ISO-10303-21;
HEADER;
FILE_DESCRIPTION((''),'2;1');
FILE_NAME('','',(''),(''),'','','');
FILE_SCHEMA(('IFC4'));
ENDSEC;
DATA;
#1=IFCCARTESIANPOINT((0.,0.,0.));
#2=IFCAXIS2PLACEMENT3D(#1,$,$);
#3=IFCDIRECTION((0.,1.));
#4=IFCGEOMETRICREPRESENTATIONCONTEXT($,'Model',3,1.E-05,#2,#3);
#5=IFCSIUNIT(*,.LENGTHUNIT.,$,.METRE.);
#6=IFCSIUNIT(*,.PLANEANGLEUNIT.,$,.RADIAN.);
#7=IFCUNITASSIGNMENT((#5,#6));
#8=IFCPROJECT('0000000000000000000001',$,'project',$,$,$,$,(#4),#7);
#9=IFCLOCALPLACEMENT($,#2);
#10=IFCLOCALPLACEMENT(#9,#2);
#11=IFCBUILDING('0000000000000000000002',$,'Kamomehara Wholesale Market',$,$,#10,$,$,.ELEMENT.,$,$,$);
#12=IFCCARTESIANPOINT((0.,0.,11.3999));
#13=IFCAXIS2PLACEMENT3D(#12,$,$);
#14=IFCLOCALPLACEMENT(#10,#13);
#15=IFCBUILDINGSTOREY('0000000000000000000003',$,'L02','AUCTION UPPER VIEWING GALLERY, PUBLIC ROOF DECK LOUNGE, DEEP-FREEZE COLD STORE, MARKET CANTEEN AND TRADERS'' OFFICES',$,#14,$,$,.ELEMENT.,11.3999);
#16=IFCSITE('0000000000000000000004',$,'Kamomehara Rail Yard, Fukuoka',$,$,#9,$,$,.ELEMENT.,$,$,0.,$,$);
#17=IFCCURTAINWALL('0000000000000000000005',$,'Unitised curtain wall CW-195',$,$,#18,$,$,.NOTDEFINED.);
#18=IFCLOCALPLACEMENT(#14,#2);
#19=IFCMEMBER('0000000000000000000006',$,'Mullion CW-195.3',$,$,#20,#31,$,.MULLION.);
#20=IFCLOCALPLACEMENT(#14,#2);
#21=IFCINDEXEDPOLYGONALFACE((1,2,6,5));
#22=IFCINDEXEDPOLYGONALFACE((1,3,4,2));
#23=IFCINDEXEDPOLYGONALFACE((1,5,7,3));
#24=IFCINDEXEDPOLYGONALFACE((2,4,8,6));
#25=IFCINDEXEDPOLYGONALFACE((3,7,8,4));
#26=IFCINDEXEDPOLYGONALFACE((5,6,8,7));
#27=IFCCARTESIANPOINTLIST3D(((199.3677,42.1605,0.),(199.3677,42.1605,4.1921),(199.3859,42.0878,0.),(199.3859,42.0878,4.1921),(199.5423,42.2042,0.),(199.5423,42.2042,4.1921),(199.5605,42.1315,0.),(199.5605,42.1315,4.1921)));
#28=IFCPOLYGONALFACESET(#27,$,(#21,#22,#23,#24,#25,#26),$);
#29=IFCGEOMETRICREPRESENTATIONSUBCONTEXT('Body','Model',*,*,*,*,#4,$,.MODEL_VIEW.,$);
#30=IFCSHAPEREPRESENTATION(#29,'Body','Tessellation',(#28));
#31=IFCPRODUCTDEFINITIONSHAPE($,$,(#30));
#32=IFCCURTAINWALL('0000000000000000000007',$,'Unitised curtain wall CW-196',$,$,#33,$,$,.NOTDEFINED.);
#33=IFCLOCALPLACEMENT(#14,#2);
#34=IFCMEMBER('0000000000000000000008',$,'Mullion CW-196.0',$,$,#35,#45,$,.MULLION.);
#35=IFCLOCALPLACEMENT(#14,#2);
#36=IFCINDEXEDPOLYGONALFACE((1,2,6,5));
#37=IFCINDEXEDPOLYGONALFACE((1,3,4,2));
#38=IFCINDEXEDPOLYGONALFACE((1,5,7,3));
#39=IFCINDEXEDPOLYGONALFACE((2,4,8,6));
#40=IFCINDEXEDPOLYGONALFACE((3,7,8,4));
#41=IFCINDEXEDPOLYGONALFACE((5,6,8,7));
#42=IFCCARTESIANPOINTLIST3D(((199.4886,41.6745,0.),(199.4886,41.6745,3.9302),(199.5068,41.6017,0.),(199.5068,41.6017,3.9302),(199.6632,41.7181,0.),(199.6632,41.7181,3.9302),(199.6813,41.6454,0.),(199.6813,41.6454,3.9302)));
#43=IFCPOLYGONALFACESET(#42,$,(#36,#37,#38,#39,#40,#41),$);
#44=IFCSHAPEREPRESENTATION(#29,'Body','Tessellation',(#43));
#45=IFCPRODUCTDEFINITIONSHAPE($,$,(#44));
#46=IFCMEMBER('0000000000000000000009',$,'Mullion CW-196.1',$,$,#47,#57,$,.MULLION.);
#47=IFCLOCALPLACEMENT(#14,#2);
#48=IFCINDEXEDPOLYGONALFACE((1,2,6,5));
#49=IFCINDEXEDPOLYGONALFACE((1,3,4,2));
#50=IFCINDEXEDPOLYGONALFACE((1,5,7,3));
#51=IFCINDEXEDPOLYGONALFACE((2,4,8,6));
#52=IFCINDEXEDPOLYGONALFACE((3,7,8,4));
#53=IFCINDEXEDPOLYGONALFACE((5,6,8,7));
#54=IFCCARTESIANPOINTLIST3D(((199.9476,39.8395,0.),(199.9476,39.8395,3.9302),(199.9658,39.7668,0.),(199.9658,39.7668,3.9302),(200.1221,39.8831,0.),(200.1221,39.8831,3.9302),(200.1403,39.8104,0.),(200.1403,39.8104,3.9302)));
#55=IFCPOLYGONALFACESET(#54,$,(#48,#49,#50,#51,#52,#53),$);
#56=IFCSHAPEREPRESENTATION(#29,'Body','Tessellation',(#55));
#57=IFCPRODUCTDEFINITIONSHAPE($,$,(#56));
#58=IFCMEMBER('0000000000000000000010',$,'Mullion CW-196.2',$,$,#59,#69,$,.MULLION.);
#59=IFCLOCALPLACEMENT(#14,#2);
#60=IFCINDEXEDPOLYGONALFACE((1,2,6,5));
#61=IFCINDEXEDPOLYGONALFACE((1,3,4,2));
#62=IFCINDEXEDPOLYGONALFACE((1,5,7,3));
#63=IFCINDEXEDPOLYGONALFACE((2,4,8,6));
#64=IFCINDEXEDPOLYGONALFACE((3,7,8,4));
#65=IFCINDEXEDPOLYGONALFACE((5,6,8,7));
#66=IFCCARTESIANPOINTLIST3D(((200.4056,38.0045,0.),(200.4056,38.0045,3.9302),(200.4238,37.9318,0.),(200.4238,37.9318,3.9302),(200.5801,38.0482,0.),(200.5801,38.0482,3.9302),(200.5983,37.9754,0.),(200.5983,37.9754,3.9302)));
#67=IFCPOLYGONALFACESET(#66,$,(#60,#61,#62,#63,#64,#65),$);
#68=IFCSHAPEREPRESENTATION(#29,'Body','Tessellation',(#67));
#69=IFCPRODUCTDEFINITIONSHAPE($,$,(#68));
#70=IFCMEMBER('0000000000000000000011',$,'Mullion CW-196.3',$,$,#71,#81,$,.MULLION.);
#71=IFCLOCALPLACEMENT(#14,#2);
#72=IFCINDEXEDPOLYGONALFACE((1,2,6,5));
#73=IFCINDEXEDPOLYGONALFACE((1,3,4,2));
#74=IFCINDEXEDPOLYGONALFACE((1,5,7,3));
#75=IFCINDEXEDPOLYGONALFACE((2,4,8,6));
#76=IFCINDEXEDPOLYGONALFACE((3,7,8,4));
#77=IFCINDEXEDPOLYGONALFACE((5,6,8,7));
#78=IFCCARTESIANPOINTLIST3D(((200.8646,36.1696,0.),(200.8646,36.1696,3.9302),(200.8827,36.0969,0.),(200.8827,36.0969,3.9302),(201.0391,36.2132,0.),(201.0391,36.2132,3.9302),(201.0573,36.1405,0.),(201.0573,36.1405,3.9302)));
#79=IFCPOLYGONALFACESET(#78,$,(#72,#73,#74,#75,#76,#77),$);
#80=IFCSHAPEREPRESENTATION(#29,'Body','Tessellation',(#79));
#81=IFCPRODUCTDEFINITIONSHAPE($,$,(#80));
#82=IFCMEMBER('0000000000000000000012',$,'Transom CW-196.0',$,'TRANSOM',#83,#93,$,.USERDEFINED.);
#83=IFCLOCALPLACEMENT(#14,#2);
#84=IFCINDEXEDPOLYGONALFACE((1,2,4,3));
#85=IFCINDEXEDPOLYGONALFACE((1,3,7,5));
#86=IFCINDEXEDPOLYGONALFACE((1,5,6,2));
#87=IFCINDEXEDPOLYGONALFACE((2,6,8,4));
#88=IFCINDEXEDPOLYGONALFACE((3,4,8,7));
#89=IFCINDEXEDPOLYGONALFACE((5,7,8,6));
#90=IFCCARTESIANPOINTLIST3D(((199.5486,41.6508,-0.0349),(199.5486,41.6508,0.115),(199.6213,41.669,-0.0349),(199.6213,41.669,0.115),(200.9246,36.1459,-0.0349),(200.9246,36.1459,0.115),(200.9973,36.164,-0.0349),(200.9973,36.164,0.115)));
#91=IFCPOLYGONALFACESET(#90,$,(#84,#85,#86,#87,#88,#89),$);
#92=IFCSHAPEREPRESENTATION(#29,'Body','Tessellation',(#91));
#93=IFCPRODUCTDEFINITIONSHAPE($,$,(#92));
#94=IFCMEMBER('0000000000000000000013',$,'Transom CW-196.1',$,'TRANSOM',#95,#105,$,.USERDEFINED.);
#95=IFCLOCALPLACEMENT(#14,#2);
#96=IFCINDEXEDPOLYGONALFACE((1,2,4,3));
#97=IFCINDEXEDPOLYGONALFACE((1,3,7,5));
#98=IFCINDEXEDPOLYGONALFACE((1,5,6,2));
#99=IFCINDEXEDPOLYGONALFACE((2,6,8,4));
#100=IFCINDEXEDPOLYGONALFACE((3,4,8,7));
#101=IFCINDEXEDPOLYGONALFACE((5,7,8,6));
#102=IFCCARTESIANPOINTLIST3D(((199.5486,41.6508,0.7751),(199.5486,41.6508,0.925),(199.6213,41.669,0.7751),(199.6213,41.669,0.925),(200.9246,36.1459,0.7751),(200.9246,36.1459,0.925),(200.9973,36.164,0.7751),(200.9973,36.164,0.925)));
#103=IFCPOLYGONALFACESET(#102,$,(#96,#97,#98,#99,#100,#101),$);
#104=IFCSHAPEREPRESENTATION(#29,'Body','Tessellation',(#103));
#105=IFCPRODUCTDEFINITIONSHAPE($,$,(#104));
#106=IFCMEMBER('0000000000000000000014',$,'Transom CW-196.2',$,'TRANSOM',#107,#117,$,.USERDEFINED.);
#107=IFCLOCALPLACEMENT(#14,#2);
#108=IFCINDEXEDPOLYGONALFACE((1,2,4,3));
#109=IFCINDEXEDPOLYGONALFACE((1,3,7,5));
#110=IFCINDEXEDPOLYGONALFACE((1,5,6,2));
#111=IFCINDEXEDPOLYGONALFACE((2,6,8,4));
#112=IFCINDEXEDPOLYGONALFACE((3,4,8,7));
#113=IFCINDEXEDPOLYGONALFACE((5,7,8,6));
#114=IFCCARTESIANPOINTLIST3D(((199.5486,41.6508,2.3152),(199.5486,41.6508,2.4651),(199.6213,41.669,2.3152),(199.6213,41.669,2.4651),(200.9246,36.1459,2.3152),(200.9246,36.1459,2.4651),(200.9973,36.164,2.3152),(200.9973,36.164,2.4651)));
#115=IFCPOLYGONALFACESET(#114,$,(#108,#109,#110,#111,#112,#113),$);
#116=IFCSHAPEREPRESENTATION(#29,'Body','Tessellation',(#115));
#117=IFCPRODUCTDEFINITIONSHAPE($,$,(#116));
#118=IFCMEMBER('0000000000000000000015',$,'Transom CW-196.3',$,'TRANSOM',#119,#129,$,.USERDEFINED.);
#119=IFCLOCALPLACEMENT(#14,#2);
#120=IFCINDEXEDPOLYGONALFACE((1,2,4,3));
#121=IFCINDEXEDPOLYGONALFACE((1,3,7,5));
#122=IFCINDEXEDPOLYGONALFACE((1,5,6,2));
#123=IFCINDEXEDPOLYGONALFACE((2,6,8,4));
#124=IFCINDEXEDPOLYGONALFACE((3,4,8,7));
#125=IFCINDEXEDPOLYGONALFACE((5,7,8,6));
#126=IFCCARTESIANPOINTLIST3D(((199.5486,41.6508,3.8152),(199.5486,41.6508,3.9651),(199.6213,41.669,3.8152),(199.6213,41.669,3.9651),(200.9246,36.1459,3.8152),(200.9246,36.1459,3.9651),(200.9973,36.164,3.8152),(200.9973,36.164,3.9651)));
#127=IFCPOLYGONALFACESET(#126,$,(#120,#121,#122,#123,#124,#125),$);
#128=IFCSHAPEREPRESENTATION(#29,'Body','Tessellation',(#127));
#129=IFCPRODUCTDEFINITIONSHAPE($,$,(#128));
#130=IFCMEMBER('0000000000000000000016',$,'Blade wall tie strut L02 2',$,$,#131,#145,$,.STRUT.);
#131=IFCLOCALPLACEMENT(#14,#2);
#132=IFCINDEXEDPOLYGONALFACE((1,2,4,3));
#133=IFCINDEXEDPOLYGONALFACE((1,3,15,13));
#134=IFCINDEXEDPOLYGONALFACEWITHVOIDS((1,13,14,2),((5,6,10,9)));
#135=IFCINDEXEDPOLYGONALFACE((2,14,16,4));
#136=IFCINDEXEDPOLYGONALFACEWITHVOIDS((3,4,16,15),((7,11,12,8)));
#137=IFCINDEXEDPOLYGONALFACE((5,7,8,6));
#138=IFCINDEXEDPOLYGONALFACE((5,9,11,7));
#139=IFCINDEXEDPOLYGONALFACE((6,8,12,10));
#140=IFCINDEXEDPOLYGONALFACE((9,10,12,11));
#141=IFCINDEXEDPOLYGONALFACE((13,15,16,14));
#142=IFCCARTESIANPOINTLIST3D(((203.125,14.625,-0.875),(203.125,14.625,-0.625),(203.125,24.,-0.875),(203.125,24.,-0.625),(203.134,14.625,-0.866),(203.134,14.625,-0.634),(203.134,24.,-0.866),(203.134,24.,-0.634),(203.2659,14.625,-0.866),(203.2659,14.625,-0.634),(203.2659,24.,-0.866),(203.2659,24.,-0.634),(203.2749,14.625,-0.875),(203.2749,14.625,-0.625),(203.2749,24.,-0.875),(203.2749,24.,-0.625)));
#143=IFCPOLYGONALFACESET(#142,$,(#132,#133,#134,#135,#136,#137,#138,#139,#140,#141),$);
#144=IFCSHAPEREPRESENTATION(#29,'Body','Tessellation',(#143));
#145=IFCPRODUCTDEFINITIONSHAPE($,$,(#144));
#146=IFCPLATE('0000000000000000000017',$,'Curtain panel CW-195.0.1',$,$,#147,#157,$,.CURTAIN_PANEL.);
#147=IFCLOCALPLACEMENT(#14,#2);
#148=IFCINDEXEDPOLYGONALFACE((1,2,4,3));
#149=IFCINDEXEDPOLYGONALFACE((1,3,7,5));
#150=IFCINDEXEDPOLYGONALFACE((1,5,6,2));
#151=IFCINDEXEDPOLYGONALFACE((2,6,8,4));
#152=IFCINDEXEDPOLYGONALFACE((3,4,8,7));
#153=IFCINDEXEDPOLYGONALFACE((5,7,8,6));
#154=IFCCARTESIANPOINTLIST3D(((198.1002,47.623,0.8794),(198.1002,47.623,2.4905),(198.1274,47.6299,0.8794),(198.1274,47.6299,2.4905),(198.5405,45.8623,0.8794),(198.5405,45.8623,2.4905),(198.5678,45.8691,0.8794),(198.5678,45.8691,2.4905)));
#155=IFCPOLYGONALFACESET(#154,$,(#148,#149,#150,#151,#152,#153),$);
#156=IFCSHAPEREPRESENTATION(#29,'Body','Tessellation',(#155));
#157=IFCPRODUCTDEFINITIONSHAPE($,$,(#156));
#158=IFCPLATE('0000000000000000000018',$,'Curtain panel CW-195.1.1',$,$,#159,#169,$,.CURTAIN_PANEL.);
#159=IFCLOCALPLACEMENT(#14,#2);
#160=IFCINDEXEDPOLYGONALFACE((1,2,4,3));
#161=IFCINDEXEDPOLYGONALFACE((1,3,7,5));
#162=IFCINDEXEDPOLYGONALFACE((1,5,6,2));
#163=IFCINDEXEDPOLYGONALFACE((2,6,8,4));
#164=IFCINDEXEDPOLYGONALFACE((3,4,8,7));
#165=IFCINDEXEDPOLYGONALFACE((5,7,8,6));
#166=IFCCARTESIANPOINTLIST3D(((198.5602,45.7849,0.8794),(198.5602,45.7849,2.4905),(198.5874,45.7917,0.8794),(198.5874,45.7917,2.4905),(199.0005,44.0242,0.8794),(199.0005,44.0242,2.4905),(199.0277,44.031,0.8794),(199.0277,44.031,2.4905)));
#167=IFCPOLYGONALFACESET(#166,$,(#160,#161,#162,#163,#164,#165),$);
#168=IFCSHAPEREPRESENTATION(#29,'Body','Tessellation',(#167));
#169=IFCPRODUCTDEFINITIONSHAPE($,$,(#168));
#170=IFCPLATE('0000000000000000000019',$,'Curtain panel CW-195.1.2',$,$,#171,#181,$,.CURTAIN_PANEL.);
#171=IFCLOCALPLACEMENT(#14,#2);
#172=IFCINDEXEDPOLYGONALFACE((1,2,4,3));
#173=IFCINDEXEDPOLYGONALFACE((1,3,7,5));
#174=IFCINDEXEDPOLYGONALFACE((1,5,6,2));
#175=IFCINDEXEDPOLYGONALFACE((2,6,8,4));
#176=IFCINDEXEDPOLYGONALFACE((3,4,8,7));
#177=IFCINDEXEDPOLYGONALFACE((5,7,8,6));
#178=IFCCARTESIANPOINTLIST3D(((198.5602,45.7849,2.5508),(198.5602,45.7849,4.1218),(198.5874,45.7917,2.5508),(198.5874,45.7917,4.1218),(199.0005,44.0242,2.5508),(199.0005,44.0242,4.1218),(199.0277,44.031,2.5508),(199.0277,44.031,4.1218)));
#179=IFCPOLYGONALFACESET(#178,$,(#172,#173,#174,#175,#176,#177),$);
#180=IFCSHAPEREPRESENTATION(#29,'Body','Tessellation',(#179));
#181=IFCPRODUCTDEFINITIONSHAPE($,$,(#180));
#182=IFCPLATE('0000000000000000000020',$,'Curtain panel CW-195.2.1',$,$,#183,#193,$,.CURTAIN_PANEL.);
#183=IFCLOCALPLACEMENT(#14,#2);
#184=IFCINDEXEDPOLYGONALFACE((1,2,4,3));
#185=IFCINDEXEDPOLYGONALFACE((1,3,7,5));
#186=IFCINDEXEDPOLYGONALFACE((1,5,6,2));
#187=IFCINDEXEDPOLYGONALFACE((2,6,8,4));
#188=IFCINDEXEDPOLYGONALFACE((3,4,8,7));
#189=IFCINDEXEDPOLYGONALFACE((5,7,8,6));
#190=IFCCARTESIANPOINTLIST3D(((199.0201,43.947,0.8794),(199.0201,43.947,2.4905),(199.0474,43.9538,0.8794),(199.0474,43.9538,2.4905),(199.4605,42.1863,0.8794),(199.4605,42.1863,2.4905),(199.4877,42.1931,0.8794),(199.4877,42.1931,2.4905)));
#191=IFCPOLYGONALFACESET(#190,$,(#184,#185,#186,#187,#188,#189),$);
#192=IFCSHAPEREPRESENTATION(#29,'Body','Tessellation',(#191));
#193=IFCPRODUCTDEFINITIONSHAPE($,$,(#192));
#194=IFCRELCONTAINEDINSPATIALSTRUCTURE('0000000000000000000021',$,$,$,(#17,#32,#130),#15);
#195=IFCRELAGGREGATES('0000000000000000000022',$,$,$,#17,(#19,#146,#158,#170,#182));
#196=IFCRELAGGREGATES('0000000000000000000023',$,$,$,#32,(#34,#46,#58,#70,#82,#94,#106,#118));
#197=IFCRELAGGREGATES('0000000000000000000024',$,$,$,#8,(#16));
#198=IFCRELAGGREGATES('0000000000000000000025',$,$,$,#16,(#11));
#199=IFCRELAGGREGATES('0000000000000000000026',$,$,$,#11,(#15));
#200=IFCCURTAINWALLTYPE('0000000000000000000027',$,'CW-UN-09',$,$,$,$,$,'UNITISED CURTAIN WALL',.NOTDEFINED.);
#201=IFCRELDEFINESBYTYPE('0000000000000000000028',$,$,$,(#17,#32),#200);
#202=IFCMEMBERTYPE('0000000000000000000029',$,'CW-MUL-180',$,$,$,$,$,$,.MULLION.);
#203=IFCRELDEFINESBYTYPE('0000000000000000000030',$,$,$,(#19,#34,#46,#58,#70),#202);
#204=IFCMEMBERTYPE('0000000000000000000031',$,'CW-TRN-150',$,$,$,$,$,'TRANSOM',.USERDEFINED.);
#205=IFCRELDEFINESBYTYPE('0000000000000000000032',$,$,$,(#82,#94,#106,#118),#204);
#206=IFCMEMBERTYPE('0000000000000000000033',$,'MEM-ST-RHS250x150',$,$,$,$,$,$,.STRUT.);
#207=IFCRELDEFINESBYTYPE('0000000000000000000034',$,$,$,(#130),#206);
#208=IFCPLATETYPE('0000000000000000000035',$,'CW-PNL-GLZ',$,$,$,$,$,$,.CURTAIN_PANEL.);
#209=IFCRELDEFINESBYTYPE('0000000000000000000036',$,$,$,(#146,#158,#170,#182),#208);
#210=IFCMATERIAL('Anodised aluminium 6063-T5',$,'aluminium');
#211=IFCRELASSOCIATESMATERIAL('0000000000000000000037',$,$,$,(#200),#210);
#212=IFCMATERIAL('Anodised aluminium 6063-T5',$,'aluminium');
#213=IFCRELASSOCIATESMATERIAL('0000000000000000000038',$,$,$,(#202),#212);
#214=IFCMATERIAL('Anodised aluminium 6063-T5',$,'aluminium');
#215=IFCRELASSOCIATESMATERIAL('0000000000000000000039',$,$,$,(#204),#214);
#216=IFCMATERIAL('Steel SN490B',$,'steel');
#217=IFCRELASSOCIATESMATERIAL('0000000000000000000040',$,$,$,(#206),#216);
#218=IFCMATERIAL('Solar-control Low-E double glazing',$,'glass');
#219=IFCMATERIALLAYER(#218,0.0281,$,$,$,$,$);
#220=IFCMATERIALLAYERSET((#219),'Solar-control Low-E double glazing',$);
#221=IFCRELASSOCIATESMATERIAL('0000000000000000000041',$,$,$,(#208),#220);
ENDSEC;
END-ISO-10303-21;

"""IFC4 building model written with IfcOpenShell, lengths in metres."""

from ifc_helpers import new_model, si_unit, direction, frame, origin, origin_2d, place, context, subcontext, project, spatial, rectangle, hollow_rectangle, extrude, material, layer, layer_set, material_profile, profile_set, type_object, element, aggregate, save


model = new_model("IFC4")

# Units and contexts
model_context = context("Model", 3, precision=1e-05, world=origin(), true_north=direction((0.0, 1.0)))
body_context = subcontext(model_context, "Body", "Model", "MODEL_VIEW")
ifc_project = project(units=[si_unit("LENGTHUNIT", "METRE"), si_unit("PLANEANGLEUNIT", "RADIAN")], contexts=[model_context])

# Site, building, storey
site_placement = place(None, origin())
site = spatial("IfcSite", under=ifc_project, at=site_placement, Name="Kamomehara Rail Yard, Fukuoka", CompositionType="ELEMENT", RefElevation=0.0)
building_placement = place(site_placement, origin())
building = spatial("IfcBuilding", under=site, at=building_placement, Name="Kamomehara Wholesale Market", CompositionType="ELEMENT")
storey_placement = place(building_placement, frame((0.0, 0.0, 11.3999)))
storey = spatial("IfcBuildingStorey", under=building, at=storey_placement, Name="L02", Description="AUCTION UPPER VIEWING GALLERY, PUBLIC ROOF DECK LOUNGE, DEEP-FREEZE COLD STORE, MARKET CANTEEN AND TRADERS' OFFICES", CompositionType="ELEMENT", Elevation=11.3999)

# Curtain walls, members
ifc_material_1 = material(Name="Anodised aluminium 6063-T5", Category="aluminium")
curtain_wall_type = type_object("IfcCurtainWallType", Name="CW-UN-09", ElementType="UNITISED CURTAIN WALL", PredefinedType="NOTDEFINED", material=ifc_material_1)
curtain_wall_1_placement = place(storey_placement, origin())
curtain_wall_1 = element("IfcCurtainWall", 1, at=curtain_wall_1_placement, inside=storey, type_object=curtain_wall_type, Name="Unitised curtain wall CW-195", PredefinedType="NOTDEFINED")
ifc_material_2 = material(Name="Anodised aluminium 6063-T5", Category="aluminium")
ifc_material_profile_1 = material_profile(ifc_material_2, rectangle(XDim=0.075, YDim=0.1799, at=origin_2d()), Name="ALU-MUL-75x180")
ifc_profile_set_1 = profile_set([ifc_material_profile_1], Name="Anodised aluminium 6063-T5")
member_type_1 = type_object("IfcMemberType", Name="CW-MUL-180", PredefinedType="MULLION", material=ifc_profile_set_1)
member_1_placement = place(storey_placement, frame((199.4641, 42.146, 0.0), z_axis=(0.0, 0.0, 1.0), x_axis=(0.242618, -0.970122, 0.0)))
member_1 = element("IfcMember", 2, at=member_1_placement, type_object=member_type_1, Name="Mullion CW-195.3", PredefinedType="MULLION", context=body_context, shape_type="SweptSolid", body=[
    extrude(rectangle(XDim=0.075, YDim=0.1799, at=origin_2d()), origin(), (0.0, 0.0, 1.0), 4.1921),
])
curtain_wall_2_placement = place(storey_placement, origin())
curtain_wall_2 = element("IfcCurtainWall", 3, at=curtain_wall_2_placement, inside=storey, type_object=curtain_wall_type, Name="Unitised curtain wall CW-196", PredefinedType="NOTDEFINED")
member_2_placement = place(storey_placement, frame((199.585, 41.6599, 0.0), z_axis=(0.0, 0.0, 1.0), x_axis=(0.242494, -0.970153, 0.0)))
member_2 = element("IfcMember", 4, at=member_2_placement, type_object=member_type_1, Name="Mullion CW-196.0", PredefinedType="MULLION", context=body_context, shape_type="SweptSolid", body=[
    extrude(rectangle(XDim=0.075, YDim=0.1799, at=origin_2d()), origin(), (0.0, 0.0, 1.0), 3.9302),
])
member_3_placement = place(storey_placement, frame((200.0439, 39.825, 0.0), z_axis=(0.0, 0.0, 1.0), x_axis=(0.242494, -0.970153, 0.0)))
member_3 = element("IfcMember", 5, at=member_3_placement, type_object=member_type_1, Name="Mullion CW-196.1", PredefinedType="MULLION", context=body_context, shape_type="SweptSolid", body=[
    extrude(rectangle(XDim=0.075, YDim=0.1799, at=origin_2d()), origin(), (0.0, 0.0, 1.0), 3.9302),
])
member_4_placement = place(storey_placement, frame((200.502, 37.99, 0.0), z_axis=(0.0, 0.0, 1.0), x_axis=(0.242494, -0.970153, 0.0)))
member_4 = element("IfcMember", 6, at=member_4_placement, type_object=member_type_1, Name="Mullion CW-196.2", PredefinedType="MULLION", context=body_context, shape_type="SweptSolid", body=[
    extrude(rectangle(XDim=0.075, YDim=0.1799, at=origin_2d()), origin(), (0.0, 0.0, 1.0), 3.9302),
])
member_5_placement = place(storey_placement, frame((200.9609, 36.155, 0.0), z_axis=(0.0, 0.0, 1.0), x_axis=(0.242494, -0.970153, 0.0)))
member_5 = element("IfcMember", 7, at=member_5_placement, type_object=member_type_1, Name="Mullion CW-196.3", PredefinedType="MULLION", context=body_context, shape_type="SweptSolid", body=[
    extrude(rectangle(XDim=0.075, YDim=0.1799, at=origin_2d()), origin(), (0.0, 0.0, 1.0), 3.9302),
])
ifc_material_3 = material(Name="Anodised aluminium 6063-T5", Category="aluminium")
ifc_material_profile_2 = material_profile(ifc_material_3, rectangle(XDim=0.075, YDim=0.1499, at=origin_2d()), Name="ALU-TRN-75x150")
ifc_profile_set_2 = profile_set([ifc_material_profile_2], Name="Anodised aluminium 6063-T5")
member_type_2 = type_object("IfcMemberType", Name="CW-TRN-150", ElementType="TRANSOM", PredefinedType="USERDEFINED", material=ifc_profile_set_2)
member_6_placement = place(storey_placement, frame((199.585, 41.6599, 0.04), z_axis=(0.242495, -0.970153, 0.0), x_axis=(0.970153, 0.242495, 0.0)))
member_6 = element("IfcMember", 8, at=member_6_placement, type_object=member_type_2, Name="Transom CW-196.0", ObjectType="TRANSOM", PredefinedType="USERDEFINED", context=body_context, shape_type="SweptSolid", body=[
    extrude(rectangle(XDim=0.075, YDim=0.1499, at=origin_2d()), origin(), (0.0, 0.0, 1.0), 5.6743),
])
member_7_placement = place(storey_placement, frame((199.585, 41.6599, 0.8501), z_axis=(0.242495, -0.970153, 0.0), x_axis=(0.970153, 0.242495, 0.0)))
member_7 = element("IfcMember", 9, at=member_7_placement, type_object=member_type_2, Name="Transom CW-196.1", ObjectType="TRANSOM", PredefinedType="USERDEFINED", context=body_context, shape_type="SweptSolid", body=[
    extrude(rectangle(XDim=0.075, YDim=0.1499, at=origin_2d()), origin(), (0.0, 0.0, 1.0), 5.6743),
])
member_8_placement = place(storey_placement, frame((199.585, 41.6599, 2.3901), z_axis=(0.242495, -0.970153, 0.0), x_axis=(0.970153, 0.242495, 0.0)))
member_8 = element("IfcMember", 10, at=member_8_placement, type_object=member_type_2, Name="Transom CW-196.2", ObjectType="TRANSOM", PredefinedType="USERDEFINED", context=body_context, shape_type="SweptSolid", body=[
    extrude(rectangle(XDim=0.075, YDim=0.1499, at=origin_2d()), origin(), (0.0, 0.0, 1.0), 5.6743),
])
member_9_placement = place(storey_placement, frame((199.585, 41.6599, 3.8901), z_axis=(0.242495, -0.970153, 0.0), x_axis=(0.970153, 0.242495, 0.0)))
member_9 = element("IfcMember", 11, at=member_9_placement, type_object=member_type_2, Name="Transom CW-196.3", ObjectType="TRANSOM", PredefinedType="USERDEFINED", context=body_context, shape_type="SweptSolid", body=[
    extrude(rectangle(XDim=0.075, YDim=0.1499, at=origin_2d()), origin(), (0.0, 0.0, 1.0), 5.6743),
])

# Member
ifc_material_4 = material(Name="Steel SN490B", Category="steel")
ifc_material_profile_3 = material_profile(ifc_material_4, hollow_rectangle(XDim=0.1499, YDim=0.25, WallThickness=0.009, at=origin_2d()), Name="RHS-250x150x9")
ifc_profile_set_3 = profile_set([ifc_material_profile_3], Name="Steel SN490B")
member_type_3 = type_object("IfcMemberType", Name="MEM-ST-RHS250x150", PredefinedType="STRUT", material=ifc_profile_set_3)
member_10_placement = place(storey_placement, frame((203.2, 14.625, -0.75), z_axis=(0.0, 1.0, 0.0), x_axis=(-1.0, 0.0, 0.0)))
element("IfcMember", 12, at=member_10_placement, inside=storey, type_object=member_type_3, Name="Blade wall tie strut L02 2", PredefinedType="STRUT", context=body_context, shape_type="SweptSolid", body=[
    extrude(hollow_rectangle(XDim=0.1499, YDim=0.25, WallThickness=0.009, at=origin_2d()), origin(), (0.0, 0.0, 1.0), 9.375),
])

# Plates
ifc_material_5 = material(Name="Solar-control Low-E double glazing", Category="glass")
ifc_layer_1 = layer(ifc_material_5, 0.0281)
ifc_layer_set_1 = layer_set([ifc_layer_1], Name="Solar-control Low-E double glazing")
plate_type_1 = type_object("IfcPlateType", Name="CW-PNL-GLZ", PredefinedType="CURTAIN_PANEL", material=ifc_layer_set_1)
plate_1_placement = place(storey_placement, frame((198.334, 46.7461, 0.8794), z_axis=(0.0, 0.0, 1.0), x_axis=(0.242616, -0.970122, 0.0)))
plate_1 = element("IfcPlate", 13, at=plate_1_placement, type_object=plate_type_1, Name="Curtain panel CW-195.0.1", PredefinedType="CURTAIN_PANEL", context=body_context, shape_type="SweptSolid", body=[
    extrude(rectangle(XDim=1.8149, YDim=0.0281, at=origin_2d()), origin(), (0.0, 0.0, 1.0), 1.6111),
])
plate_2_placement = place(storey_placement, frame((198.7939, 44.908, 0.8794), z_axis=(0.0, 0.0, 1.0), x_axis=(0.242616, -0.970122, 0.0)))
plate_2 = element("IfcPlate", 14, at=plate_2_placement, type_object=plate_type_1, Name="Curtain panel CW-195.1.1", PredefinedType="CURTAIN_PANEL", context=body_context, shape_type="SweptSolid", body=[
    extrude(rectangle(XDim=1.8149, YDim=0.0281, at=origin_2d()), origin(), (0.0, 0.0, 1.0), 1.6111),
])
plate_3_placement = place(storey_placement, frame((198.7939, 44.908, 2.5508), z_axis=(0.0, 0.0, 1.0), x_axis=(0.242616, -0.970122, 0.0)))
plate_3 = element("IfcPlate", 15, at=plate_3_placement, type_object=plate_type_1, Name="Curtain panel CW-195.1.2", PredefinedType="CURTAIN_PANEL", context=body_context, shape_type="SweptSolid", body=[
    extrude(rectangle(XDim=1.8149, YDim=0.0281, at=origin_2d()), origin(), (0.0, 0.0, 1.0), 1.571),
])
plate_4_placement = place(storey_placement, frame((199.2539, 43.0701, 0.8794), z_axis=(0.0, 0.0, 1.0), x_axis=(0.242616, -0.970122, 0.0)))
plate_4 = element("IfcPlate", 16, at=plate_4_placement, type_object=plate_type_1, Name="Curtain panel CW-195.2.1", PredefinedType="CURTAIN_PANEL", context=body_context, shape_type="SweptSolid", body=[
    extrude(rectangle(XDim=1.8149, YDim=0.0281, at=origin_2d()), origin(), (0.0, 0.0, 1.0), 1.6111),
])
aggregate(curtain_wall_1, [member_1, plate_1, plate_2, plate_3, plate_4])
aggregate(curtain_wall_2, [member_2, member_3, member_4, member_5, member_6, member_7, member_8, member_9])

save(model, "model.ifc")
